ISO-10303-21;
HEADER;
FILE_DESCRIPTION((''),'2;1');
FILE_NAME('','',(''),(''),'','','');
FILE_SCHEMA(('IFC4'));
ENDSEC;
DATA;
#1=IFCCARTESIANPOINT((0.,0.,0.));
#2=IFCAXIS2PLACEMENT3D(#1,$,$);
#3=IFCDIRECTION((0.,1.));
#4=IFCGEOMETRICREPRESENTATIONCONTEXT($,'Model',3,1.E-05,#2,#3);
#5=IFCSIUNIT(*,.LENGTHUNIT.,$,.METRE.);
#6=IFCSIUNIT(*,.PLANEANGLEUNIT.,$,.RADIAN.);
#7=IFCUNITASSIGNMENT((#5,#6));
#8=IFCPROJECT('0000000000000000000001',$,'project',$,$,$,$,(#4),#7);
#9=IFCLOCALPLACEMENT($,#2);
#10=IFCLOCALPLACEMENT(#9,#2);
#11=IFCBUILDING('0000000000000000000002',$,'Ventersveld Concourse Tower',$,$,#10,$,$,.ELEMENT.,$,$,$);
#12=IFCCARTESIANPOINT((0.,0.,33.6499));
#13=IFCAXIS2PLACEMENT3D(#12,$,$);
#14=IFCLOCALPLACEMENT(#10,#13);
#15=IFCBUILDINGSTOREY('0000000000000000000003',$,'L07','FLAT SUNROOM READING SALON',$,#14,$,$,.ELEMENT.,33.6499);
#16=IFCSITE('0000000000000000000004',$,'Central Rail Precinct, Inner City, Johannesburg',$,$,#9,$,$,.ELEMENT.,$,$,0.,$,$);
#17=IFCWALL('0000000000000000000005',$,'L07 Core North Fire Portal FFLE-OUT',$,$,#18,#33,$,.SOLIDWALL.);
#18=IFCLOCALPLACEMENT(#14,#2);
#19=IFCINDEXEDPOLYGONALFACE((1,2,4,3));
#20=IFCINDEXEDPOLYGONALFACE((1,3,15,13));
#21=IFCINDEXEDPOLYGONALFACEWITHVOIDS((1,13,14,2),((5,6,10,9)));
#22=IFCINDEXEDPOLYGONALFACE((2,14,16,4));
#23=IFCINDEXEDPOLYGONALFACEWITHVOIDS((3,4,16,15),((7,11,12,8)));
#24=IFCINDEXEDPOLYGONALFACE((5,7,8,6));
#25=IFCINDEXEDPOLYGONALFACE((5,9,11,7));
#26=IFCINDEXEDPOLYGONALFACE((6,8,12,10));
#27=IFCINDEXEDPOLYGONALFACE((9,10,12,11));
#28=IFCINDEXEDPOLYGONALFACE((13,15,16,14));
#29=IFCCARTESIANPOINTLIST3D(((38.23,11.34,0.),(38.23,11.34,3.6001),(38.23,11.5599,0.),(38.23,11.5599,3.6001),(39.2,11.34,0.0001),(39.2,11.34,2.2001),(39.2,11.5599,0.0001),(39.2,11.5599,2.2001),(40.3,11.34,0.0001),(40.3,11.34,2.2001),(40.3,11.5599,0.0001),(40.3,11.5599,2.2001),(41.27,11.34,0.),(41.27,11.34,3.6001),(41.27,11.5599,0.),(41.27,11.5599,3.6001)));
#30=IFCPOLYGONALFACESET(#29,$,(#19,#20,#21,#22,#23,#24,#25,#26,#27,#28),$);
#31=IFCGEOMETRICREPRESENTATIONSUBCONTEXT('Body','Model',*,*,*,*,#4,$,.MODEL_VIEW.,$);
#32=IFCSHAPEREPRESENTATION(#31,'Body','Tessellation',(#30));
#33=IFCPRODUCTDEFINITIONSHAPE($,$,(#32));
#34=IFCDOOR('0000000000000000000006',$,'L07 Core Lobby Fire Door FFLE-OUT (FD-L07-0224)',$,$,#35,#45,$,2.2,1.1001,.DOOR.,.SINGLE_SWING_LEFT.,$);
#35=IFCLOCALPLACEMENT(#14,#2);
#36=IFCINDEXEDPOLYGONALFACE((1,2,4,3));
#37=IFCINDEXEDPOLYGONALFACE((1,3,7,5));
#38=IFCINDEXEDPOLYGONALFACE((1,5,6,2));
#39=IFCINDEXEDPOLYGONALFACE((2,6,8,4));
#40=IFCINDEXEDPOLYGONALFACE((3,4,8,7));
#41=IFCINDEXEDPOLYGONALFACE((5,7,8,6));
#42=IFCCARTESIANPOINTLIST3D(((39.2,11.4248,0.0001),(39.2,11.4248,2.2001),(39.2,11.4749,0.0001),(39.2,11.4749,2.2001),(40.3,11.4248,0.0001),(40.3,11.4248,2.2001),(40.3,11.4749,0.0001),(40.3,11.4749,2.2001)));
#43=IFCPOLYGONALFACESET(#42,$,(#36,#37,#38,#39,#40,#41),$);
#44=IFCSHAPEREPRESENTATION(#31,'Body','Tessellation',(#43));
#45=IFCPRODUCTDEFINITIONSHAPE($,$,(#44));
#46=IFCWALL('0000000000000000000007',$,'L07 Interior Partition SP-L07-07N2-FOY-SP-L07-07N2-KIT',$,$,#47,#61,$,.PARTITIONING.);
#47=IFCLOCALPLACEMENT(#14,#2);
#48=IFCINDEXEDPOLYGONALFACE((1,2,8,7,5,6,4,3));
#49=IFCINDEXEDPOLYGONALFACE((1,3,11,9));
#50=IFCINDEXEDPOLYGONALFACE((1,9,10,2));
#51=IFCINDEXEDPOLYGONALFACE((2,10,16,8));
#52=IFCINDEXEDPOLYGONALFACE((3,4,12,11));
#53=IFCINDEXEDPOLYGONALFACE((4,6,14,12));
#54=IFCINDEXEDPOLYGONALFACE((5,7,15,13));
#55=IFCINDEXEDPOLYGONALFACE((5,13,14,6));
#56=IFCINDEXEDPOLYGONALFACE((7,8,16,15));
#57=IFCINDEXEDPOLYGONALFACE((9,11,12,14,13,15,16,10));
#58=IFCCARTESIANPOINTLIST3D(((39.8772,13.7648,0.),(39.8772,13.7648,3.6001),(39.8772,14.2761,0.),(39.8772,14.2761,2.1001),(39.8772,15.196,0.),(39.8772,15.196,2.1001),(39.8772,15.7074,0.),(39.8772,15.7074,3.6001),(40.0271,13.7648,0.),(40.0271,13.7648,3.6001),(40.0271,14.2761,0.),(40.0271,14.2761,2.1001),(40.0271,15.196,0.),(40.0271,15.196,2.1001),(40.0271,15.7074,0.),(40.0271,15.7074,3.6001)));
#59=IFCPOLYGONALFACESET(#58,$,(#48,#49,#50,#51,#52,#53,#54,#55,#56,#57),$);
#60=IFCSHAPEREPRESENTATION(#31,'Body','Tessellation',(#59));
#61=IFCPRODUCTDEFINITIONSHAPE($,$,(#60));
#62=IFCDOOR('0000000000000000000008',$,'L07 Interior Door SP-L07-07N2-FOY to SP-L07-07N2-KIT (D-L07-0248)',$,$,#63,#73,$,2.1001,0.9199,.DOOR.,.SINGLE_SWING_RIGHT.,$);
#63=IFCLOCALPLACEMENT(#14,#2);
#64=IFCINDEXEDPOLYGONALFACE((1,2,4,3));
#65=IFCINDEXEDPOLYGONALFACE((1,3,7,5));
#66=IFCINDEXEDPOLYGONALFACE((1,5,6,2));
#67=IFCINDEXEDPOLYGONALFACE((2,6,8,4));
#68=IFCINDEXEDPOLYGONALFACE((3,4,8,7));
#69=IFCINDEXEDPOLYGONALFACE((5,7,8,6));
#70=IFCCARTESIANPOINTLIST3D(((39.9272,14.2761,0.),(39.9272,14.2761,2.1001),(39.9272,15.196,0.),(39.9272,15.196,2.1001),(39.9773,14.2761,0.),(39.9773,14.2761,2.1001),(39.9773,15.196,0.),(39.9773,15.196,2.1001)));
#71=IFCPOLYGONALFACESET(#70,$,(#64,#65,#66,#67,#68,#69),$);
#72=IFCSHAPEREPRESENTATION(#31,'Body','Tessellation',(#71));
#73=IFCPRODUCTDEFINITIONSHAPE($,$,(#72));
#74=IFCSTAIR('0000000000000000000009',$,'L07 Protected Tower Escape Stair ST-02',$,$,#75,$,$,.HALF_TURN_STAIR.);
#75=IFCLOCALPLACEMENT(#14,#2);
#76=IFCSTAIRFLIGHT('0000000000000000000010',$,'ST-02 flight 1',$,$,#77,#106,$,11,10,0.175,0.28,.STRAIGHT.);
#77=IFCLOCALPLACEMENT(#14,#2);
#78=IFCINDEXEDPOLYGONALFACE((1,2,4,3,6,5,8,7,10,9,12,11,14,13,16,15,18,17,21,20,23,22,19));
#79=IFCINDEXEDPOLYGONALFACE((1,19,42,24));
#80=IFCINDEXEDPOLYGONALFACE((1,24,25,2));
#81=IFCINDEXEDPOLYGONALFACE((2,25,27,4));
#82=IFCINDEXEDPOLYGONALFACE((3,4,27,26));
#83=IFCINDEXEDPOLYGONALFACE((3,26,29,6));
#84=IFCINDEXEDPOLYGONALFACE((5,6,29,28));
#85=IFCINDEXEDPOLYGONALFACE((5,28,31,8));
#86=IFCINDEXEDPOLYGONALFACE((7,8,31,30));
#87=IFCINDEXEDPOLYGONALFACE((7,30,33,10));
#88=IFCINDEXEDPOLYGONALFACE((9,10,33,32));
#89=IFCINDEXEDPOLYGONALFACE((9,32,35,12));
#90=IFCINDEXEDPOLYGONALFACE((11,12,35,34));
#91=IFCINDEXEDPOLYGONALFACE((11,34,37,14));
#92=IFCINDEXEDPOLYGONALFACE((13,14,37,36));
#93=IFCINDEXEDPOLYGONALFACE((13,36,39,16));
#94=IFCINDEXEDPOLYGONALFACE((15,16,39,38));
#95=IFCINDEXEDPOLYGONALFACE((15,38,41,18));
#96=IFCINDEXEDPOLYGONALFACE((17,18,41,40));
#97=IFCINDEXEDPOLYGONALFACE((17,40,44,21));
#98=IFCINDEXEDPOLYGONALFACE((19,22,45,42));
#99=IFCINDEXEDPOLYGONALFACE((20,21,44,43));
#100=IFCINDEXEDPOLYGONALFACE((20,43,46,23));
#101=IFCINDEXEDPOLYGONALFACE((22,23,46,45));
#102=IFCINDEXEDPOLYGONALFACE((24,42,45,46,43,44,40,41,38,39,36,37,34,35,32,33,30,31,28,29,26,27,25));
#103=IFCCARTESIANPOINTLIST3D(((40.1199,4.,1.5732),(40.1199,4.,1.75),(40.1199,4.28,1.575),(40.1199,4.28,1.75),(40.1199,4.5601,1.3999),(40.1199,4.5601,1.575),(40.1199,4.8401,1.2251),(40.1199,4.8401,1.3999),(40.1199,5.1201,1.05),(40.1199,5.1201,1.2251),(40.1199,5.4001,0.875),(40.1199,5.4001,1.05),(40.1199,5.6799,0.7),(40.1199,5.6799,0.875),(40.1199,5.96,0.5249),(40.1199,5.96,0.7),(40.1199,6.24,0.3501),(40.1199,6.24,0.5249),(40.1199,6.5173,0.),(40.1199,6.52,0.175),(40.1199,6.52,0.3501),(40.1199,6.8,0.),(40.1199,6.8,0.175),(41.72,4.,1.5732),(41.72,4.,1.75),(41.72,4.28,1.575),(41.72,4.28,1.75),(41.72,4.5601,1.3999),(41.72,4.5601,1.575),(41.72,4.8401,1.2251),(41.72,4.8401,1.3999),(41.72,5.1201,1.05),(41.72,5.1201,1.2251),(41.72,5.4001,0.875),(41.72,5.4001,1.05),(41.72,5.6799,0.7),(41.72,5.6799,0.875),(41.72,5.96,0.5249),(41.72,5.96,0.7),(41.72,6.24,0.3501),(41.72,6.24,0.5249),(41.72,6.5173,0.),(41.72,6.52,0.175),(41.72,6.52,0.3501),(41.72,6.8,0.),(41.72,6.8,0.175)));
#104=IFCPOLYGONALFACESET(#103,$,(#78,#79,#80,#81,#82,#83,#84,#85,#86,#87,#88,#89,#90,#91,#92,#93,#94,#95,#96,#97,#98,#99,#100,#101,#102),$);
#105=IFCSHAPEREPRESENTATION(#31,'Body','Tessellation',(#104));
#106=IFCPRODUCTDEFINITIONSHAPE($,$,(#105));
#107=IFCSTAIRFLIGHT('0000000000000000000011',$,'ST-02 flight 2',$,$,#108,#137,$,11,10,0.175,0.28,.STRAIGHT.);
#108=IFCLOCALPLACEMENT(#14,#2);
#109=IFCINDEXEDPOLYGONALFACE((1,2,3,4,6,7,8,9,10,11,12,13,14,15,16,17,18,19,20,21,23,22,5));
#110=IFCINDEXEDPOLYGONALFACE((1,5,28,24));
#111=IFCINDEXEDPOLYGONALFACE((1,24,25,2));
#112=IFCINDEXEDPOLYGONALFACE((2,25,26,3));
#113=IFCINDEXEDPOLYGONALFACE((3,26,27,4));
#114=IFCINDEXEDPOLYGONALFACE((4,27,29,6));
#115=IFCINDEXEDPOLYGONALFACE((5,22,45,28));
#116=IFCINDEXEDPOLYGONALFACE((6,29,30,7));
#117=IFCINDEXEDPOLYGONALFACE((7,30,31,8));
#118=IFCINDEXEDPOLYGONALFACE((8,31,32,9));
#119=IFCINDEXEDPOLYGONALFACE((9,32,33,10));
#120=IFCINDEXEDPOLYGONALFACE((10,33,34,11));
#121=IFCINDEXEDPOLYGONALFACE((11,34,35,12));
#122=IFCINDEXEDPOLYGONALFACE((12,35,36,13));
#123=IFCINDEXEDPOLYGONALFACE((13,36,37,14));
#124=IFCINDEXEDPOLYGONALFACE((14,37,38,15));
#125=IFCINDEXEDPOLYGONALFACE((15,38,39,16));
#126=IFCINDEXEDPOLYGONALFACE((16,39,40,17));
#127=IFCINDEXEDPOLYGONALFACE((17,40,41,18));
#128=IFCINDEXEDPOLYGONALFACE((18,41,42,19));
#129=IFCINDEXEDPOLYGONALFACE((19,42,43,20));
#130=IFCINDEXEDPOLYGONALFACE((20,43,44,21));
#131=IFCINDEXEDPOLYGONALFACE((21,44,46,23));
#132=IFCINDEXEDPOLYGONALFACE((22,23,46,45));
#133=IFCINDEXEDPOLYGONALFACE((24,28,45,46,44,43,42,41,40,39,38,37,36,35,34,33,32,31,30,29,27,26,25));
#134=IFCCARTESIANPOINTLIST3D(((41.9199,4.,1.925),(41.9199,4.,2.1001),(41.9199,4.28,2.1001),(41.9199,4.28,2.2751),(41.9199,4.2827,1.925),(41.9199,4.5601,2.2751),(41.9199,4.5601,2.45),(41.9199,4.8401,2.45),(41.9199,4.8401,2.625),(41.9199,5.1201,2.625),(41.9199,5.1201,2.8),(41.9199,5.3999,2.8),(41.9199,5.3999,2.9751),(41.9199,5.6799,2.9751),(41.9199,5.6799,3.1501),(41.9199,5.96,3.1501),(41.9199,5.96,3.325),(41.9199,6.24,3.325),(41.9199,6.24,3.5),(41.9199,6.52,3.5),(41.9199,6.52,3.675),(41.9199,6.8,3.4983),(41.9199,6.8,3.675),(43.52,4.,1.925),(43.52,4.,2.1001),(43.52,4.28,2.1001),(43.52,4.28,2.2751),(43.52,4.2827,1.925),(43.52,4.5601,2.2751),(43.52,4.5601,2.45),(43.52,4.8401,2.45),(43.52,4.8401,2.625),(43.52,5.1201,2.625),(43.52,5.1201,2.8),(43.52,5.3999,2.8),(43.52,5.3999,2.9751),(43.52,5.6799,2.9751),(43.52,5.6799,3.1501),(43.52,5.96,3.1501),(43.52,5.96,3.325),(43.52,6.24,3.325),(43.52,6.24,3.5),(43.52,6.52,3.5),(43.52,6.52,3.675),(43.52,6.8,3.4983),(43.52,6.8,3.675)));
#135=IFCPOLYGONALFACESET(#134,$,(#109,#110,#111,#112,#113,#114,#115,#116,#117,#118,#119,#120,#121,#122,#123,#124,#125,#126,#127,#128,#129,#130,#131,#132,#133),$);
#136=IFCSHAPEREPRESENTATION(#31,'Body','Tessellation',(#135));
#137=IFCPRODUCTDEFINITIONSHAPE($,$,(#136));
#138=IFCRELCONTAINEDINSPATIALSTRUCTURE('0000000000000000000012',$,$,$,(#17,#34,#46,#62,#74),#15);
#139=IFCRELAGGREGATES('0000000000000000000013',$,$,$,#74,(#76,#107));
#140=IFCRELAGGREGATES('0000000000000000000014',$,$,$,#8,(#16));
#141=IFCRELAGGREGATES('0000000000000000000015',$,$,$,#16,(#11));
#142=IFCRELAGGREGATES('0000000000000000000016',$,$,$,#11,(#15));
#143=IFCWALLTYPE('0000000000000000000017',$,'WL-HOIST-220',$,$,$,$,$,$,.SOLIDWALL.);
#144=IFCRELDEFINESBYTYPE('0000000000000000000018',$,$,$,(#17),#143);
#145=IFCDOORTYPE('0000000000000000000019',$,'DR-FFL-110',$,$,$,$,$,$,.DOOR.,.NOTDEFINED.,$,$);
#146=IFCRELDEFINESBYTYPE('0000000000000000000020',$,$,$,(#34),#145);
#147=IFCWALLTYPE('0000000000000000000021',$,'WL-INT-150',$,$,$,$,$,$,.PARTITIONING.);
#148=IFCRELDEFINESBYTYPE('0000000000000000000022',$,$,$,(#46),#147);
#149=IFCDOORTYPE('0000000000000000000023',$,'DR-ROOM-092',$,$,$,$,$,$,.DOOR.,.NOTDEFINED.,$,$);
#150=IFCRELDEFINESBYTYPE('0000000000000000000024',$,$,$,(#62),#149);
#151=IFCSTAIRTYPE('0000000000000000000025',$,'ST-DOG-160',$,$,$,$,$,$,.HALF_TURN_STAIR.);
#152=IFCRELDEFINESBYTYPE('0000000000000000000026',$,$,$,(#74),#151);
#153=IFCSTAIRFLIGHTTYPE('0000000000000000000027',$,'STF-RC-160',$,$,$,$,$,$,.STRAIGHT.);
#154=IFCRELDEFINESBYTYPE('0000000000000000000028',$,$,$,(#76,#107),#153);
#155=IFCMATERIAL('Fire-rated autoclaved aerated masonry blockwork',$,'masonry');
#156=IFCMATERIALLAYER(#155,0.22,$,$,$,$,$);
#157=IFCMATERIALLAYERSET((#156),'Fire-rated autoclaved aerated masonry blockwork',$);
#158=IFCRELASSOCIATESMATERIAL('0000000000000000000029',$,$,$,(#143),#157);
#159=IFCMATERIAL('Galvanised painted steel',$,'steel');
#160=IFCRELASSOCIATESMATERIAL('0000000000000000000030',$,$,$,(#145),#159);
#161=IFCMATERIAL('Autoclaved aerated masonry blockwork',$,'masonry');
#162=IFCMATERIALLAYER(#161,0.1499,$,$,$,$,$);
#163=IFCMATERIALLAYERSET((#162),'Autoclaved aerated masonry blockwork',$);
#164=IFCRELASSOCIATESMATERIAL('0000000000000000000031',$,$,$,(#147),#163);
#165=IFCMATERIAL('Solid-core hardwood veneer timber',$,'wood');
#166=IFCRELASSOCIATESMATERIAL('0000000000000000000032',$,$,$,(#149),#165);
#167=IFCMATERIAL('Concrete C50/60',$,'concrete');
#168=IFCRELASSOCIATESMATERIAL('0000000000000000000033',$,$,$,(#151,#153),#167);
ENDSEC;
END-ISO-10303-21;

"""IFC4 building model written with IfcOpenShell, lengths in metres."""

from ifc_helpers import new_model, si_unit, direction, frame, frame_2d, origin, place, context, subcontext, project, spatial, polyline, rectangle, outline, extrude, material, layer, layer_set, type_object, element, fill, aggregate, save


model = new_model("IFC4")

# Units and contexts
model_context = context("Model", 3, precision=1e-05, world=origin(), true_north=direction((0.0, 1.0)))
body_context = subcontext(model_context, "Body", "Model", "MODEL_VIEW")
ifc_project = project(units=[si_unit("LENGTHUNIT", "METRE"), si_unit("PLANEANGLEUNIT", "RADIAN")], contexts=[model_context])

# Site, building, storey
site_placement = place(None, origin())
site = spatial("IfcSite", under=ifc_project, at=site_placement, Name="Central Rail Precinct, Inner City, Johannesburg", CompositionType="ELEMENT", RefElevation=0.0)
building_placement = place(site_placement, origin())
building = spatial("IfcBuilding", under=site, at=building_placement, Name="Ventersveld Concourse Tower", CompositionType="ELEMENT")
storey_placement = place(building_placement, frame((0.0, 0.0, 33.6499)))
storey = spatial("IfcBuildingStorey", under=building, at=storey_placement, Name="L07", Description="FLAT SUNROOM READING SALON", CompositionType="ELEMENT", Elevation=33.6499)

# Shared definitions
ifc_material_1 = material(Name="Fire-rated autoclaved aerated masonry blockwork", Category="masonry")
ifc_layer_1 = layer(ifc_material_1, 0.22)
ifc_layer_set_1 = layer_set([ifc_layer_1], Name="Fire-rated autoclaved aerated masonry blockwork")
wall_type_1 = type_object("IfcWallType", Name="WL-HOIST-220", PredefinedType="SOLIDWALL", material=ifc_layer_set_1)

# Walls, openings, doors
ifc_material_2 = material(Name="Galvanised painted steel", Category="steel")
wall_1_placement = place(storey_placement, frame((38.23, 11.45, 0.0), z_axis=(0.0, 0.0, 1.0), x_axis=(1.0, 0.0, 0.0)))
wall_1 = element("IfcWall", 1, at=wall_1_placement, inside=storey, type_object=wall_type_1, Name="L07 Core North Fire Portal FFLE-OUT", PredefinedType="SOLIDWALL", context=body_context, shape_type="SweptSolid", body=[
    extrude(rectangle(XDim=3.04, YDim=0.22, at=frame_2d((1.52, 0.0))), origin(), (0.0, 0.0, 1.0), 3.6001),
])
opening_1_placement = place(wall_1_placement, frame((0.97, 0.0, 0.0)))
opening_1 = element("IfcOpeningElement", 2, at=opening_1_placement, cuts=wall_1, PredefinedType="OPENING", context=body_context, shape_type="SweptSolid", body=[
    extrude(rectangle(XDim=1.1001, YDim=2.2, at=frame_2d((0.55, 1.1001))), frame((0.0, 0.1201, 0.0), z_axis=(0.0, -1.0, 0.0), x_axis=(1.0, 0.0, 0.0)), (0.0, 0.0, 1.0), 0.24),
])
door_type_1 = type_object("IfcDoorType", Name="DR-FFL-110", OperationType="NOTDEFINED", PredefinedType="DOOR", material=ifc_material_2)
door_1_placement = place(opening_1_placement, origin())
door_1 = element("IfcDoor", 3, at=door_1_placement, inside=storey, type_object=door_type_1, Name="L07 Core Lobby Fire Door FFLE-OUT (FD-L07-0224)", OperationType="SINGLE_SWING_LEFT", OverallHeight=2.2, OverallWidth=1.1001, PredefinedType="DOOR", context=body_context, shape_type="SweptSolid", body=[
    extrude(rectangle(XDim=1.1001, YDim=2.2, at=frame_2d((0.55, 1.1001))), frame((0.0, 0.0249, 0.0), z_axis=(0.0, -1.0, 0.0), x_axis=(1.0, 0.0, 0.0)), (0.0, 0.0, 1.0), 0.05),
])
fill(opening_1, door_1)
ifc_material_3 = material(Name="Autoclaved aerated masonry blockwork", Category="masonry")
ifc_layer_2 = layer(ifc_material_3, 0.1499)
ifc_layer_set_2 = layer_set([ifc_layer_2], Name="Autoclaved aerated masonry blockwork")
wall_type_2 = type_object("IfcWallType", Name="WL-INT-150", PredefinedType="PARTITIONING", material=ifc_layer_set_2)
wall_2_placement = place(storey_placement, frame((39.9521, 13.7649, 0.0), z_axis=(0.0, 0.0, 1.0), x_axis=(0.0, 1.0, 0.0)))
wall_2 = element("IfcWall", 4, at=wall_2_placement, inside=storey, type_object=wall_type_2, Name="L07 Interior Partition SP-L07-07N2-FOY-SP-L07-07N2-KIT", PredefinedType="PARTITIONING", context=body_context, shape_type="SweptSolid", body=[
    extrude(rectangle(XDim=1.9426, YDim=0.1499, at=frame_2d((0.9712, 0.0))), origin(), (0.0, 0.0, 1.0), 3.6001),
])
opening_2_placement = place(wall_2_placement, frame((0.5112, 0.0, 0.0)))
opening_2 = element("IfcOpeningElement", 5, at=opening_2_placement, cuts=wall_2, PredefinedType="OPENING", context=body_context, shape_type="SweptSolid", body=[
    extrude(rectangle(XDim=0.9199, YDim=2.1001, at=frame_2d((0.46, 1.05))), frame((0.0, 0.085, 0.0), z_axis=(0.0, -1.0, 0.0), x_axis=(1.0, 0.0, 0.0)), (0.0, 0.0, 1.0), 0.1699),
])
ifc_material_4 = material(Name="Solid-core hardwood veneer timber", Category="wood")
door_type_2 = type_object("IfcDoorType", Name="DR-ROOM-092", OperationType="NOTDEFINED", PredefinedType="DOOR", material=ifc_material_4)
door_2_placement = place(opening_2_placement, origin())
door_2 = element("IfcDoor", 6, at=door_2_placement, inside=storey, type_object=door_type_2, Name="L07 Interior Door SP-L07-07N2-FOY to SP-L07-07N2-KIT (D-L07-0248)", OperationType="SINGLE_SWING_RIGHT", OverallHeight=2.1001, OverallWidth=0.9199, PredefinedType="DOOR", context=body_context, shape_type="SweptSolid", body=[
    extrude(rectangle(XDim=0.9199, YDim=2.1001, at=frame_2d((0.46, 1.05))), frame((0.0, 0.0249, 0.0), z_axis=(0.0, -1.0, 0.0), x_axis=(1.0, 0.0, 0.0)), (0.0, 0.0, 1.0), 0.05),
])
fill(opening_2, door_2)

# Stair, stair flights
ifc_material_5 = material(Name="Concrete C50/60", Category="concrete")
stair_type = type_object("IfcStairType", Name="ST-DOG-160", PredefinedType="HALF_TURN_STAIR", material=ifc_material_5)
stair_placement = place(storey_placement, origin())
stair = element("IfcStair", 7, at=stair_placement, inside=storey, type_object=stair_type, Name="L07 Protected Tower Escape Stair ST-02", PredefinedType="HALF_TURN_STAIR")
stair_flight_type = type_object("IfcStairFlightType", Name="STF-RC-160", PredefinedType="STRAIGHT", material=ifc_material_5)
stair_flight_1_placement = place(storey_placement, frame((40.9199, 6.8, 0.0), z_axis=(0.0, 0.0, 1.0), x_axis=(0.0, -1.0, 0.0)))
stair_flight_1 = element("IfcStairFlight", 8, at=stair_flight_1_placement, type_object=stair_flight_type, Name="ST-02 flight 1", NumberOfRisers=11, NumberOfTreads=10, PredefinedType="STRAIGHT", RiserHeight=0.175, TreadLength=0.28, context=body_context, shape_type="SweptSolid", body=[
    extrude(outline(polyline([(0.0, 0.0), (0.0, 0.175), (0.28, 0.175), (0.28, 0.3501), (0.5601, 0.3501), (0.5601, 0.5249), (0.8401, 0.5249), (0.8401, 0.7), (1.1201, 0.7), (1.1201, 0.875), (1.3999, 0.875), (1.3999, 1.05), (1.6799, 1.05), (1.6799, 1.2251), (1.96, 1.2251), (1.96, 1.3999), (2.24, 1.3999), (2.24, 1.575), (2.52, 1.575), (2.52, 1.75), (2.8, 1.75), (2.8, 1.925), (2.8, 1.5732), (0.2827, 0.0), (0.0, 0.0)])), frame((0.0, 0.8, 0.0), z_axis=(0.0, -1.0, 0.0), x_axis=(1.0, 0.0, 0.0)), (0.0, 0.0, 1.0), 1.6001),
])
stair_flight_2_placement = place(storey_placement, frame((42.72, 4.0, 1.925), z_axis=(0.0, 0.0, 1.0), x_axis=(0.0, 1.0, 0.0)))
stair_flight_2 = element("IfcStairFlight", 9, at=stair_flight_2_placement, type_object=stair_flight_type, Name="ST-02 flight 2", NumberOfRisers=11, NumberOfTreads=10, PredefinedType="STRAIGHT", RiserHeight=0.175, TreadLength=0.28, context=body_context, shape_type="SweptSolid", body=[
    extrude(outline(polyline([(0.0, 0.0), (0.0, 0.175), (0.28, 0.175), (0.28, 0.3501), (0.5601, 0.3501), (0.5601, 0.5249), (0.8401, 0.5249), (0.8401, 0.7), (1.1201, 0.7), (1.1201, 0.875), (1.3999, 0.875), (1.3999, 1.05), (1.6799, 1.05), (1.6799, 1.2251), (1.96, 1.2251), (1.96, 1.3999), (2.24, 1.3999), (2.24, 1.575), (2.52, 1.575), (2.52, 1.75), (2.8, 1.75), (2.8, 1.925), (2.8, 1.5732), (0.2827, 0.0), (0.0, 0.0)])), frame((0.0, 0.8, 0.0), z_axis=(0.0, -1.0, 0.0), x_axis=(1.0, 0.0, 0.0)), (0.0, 0.0, 1.0), 1.6001),
])
aggregate(stair, [stair_flight_1, stair_flight_2])

save(model, "model.ifc")
